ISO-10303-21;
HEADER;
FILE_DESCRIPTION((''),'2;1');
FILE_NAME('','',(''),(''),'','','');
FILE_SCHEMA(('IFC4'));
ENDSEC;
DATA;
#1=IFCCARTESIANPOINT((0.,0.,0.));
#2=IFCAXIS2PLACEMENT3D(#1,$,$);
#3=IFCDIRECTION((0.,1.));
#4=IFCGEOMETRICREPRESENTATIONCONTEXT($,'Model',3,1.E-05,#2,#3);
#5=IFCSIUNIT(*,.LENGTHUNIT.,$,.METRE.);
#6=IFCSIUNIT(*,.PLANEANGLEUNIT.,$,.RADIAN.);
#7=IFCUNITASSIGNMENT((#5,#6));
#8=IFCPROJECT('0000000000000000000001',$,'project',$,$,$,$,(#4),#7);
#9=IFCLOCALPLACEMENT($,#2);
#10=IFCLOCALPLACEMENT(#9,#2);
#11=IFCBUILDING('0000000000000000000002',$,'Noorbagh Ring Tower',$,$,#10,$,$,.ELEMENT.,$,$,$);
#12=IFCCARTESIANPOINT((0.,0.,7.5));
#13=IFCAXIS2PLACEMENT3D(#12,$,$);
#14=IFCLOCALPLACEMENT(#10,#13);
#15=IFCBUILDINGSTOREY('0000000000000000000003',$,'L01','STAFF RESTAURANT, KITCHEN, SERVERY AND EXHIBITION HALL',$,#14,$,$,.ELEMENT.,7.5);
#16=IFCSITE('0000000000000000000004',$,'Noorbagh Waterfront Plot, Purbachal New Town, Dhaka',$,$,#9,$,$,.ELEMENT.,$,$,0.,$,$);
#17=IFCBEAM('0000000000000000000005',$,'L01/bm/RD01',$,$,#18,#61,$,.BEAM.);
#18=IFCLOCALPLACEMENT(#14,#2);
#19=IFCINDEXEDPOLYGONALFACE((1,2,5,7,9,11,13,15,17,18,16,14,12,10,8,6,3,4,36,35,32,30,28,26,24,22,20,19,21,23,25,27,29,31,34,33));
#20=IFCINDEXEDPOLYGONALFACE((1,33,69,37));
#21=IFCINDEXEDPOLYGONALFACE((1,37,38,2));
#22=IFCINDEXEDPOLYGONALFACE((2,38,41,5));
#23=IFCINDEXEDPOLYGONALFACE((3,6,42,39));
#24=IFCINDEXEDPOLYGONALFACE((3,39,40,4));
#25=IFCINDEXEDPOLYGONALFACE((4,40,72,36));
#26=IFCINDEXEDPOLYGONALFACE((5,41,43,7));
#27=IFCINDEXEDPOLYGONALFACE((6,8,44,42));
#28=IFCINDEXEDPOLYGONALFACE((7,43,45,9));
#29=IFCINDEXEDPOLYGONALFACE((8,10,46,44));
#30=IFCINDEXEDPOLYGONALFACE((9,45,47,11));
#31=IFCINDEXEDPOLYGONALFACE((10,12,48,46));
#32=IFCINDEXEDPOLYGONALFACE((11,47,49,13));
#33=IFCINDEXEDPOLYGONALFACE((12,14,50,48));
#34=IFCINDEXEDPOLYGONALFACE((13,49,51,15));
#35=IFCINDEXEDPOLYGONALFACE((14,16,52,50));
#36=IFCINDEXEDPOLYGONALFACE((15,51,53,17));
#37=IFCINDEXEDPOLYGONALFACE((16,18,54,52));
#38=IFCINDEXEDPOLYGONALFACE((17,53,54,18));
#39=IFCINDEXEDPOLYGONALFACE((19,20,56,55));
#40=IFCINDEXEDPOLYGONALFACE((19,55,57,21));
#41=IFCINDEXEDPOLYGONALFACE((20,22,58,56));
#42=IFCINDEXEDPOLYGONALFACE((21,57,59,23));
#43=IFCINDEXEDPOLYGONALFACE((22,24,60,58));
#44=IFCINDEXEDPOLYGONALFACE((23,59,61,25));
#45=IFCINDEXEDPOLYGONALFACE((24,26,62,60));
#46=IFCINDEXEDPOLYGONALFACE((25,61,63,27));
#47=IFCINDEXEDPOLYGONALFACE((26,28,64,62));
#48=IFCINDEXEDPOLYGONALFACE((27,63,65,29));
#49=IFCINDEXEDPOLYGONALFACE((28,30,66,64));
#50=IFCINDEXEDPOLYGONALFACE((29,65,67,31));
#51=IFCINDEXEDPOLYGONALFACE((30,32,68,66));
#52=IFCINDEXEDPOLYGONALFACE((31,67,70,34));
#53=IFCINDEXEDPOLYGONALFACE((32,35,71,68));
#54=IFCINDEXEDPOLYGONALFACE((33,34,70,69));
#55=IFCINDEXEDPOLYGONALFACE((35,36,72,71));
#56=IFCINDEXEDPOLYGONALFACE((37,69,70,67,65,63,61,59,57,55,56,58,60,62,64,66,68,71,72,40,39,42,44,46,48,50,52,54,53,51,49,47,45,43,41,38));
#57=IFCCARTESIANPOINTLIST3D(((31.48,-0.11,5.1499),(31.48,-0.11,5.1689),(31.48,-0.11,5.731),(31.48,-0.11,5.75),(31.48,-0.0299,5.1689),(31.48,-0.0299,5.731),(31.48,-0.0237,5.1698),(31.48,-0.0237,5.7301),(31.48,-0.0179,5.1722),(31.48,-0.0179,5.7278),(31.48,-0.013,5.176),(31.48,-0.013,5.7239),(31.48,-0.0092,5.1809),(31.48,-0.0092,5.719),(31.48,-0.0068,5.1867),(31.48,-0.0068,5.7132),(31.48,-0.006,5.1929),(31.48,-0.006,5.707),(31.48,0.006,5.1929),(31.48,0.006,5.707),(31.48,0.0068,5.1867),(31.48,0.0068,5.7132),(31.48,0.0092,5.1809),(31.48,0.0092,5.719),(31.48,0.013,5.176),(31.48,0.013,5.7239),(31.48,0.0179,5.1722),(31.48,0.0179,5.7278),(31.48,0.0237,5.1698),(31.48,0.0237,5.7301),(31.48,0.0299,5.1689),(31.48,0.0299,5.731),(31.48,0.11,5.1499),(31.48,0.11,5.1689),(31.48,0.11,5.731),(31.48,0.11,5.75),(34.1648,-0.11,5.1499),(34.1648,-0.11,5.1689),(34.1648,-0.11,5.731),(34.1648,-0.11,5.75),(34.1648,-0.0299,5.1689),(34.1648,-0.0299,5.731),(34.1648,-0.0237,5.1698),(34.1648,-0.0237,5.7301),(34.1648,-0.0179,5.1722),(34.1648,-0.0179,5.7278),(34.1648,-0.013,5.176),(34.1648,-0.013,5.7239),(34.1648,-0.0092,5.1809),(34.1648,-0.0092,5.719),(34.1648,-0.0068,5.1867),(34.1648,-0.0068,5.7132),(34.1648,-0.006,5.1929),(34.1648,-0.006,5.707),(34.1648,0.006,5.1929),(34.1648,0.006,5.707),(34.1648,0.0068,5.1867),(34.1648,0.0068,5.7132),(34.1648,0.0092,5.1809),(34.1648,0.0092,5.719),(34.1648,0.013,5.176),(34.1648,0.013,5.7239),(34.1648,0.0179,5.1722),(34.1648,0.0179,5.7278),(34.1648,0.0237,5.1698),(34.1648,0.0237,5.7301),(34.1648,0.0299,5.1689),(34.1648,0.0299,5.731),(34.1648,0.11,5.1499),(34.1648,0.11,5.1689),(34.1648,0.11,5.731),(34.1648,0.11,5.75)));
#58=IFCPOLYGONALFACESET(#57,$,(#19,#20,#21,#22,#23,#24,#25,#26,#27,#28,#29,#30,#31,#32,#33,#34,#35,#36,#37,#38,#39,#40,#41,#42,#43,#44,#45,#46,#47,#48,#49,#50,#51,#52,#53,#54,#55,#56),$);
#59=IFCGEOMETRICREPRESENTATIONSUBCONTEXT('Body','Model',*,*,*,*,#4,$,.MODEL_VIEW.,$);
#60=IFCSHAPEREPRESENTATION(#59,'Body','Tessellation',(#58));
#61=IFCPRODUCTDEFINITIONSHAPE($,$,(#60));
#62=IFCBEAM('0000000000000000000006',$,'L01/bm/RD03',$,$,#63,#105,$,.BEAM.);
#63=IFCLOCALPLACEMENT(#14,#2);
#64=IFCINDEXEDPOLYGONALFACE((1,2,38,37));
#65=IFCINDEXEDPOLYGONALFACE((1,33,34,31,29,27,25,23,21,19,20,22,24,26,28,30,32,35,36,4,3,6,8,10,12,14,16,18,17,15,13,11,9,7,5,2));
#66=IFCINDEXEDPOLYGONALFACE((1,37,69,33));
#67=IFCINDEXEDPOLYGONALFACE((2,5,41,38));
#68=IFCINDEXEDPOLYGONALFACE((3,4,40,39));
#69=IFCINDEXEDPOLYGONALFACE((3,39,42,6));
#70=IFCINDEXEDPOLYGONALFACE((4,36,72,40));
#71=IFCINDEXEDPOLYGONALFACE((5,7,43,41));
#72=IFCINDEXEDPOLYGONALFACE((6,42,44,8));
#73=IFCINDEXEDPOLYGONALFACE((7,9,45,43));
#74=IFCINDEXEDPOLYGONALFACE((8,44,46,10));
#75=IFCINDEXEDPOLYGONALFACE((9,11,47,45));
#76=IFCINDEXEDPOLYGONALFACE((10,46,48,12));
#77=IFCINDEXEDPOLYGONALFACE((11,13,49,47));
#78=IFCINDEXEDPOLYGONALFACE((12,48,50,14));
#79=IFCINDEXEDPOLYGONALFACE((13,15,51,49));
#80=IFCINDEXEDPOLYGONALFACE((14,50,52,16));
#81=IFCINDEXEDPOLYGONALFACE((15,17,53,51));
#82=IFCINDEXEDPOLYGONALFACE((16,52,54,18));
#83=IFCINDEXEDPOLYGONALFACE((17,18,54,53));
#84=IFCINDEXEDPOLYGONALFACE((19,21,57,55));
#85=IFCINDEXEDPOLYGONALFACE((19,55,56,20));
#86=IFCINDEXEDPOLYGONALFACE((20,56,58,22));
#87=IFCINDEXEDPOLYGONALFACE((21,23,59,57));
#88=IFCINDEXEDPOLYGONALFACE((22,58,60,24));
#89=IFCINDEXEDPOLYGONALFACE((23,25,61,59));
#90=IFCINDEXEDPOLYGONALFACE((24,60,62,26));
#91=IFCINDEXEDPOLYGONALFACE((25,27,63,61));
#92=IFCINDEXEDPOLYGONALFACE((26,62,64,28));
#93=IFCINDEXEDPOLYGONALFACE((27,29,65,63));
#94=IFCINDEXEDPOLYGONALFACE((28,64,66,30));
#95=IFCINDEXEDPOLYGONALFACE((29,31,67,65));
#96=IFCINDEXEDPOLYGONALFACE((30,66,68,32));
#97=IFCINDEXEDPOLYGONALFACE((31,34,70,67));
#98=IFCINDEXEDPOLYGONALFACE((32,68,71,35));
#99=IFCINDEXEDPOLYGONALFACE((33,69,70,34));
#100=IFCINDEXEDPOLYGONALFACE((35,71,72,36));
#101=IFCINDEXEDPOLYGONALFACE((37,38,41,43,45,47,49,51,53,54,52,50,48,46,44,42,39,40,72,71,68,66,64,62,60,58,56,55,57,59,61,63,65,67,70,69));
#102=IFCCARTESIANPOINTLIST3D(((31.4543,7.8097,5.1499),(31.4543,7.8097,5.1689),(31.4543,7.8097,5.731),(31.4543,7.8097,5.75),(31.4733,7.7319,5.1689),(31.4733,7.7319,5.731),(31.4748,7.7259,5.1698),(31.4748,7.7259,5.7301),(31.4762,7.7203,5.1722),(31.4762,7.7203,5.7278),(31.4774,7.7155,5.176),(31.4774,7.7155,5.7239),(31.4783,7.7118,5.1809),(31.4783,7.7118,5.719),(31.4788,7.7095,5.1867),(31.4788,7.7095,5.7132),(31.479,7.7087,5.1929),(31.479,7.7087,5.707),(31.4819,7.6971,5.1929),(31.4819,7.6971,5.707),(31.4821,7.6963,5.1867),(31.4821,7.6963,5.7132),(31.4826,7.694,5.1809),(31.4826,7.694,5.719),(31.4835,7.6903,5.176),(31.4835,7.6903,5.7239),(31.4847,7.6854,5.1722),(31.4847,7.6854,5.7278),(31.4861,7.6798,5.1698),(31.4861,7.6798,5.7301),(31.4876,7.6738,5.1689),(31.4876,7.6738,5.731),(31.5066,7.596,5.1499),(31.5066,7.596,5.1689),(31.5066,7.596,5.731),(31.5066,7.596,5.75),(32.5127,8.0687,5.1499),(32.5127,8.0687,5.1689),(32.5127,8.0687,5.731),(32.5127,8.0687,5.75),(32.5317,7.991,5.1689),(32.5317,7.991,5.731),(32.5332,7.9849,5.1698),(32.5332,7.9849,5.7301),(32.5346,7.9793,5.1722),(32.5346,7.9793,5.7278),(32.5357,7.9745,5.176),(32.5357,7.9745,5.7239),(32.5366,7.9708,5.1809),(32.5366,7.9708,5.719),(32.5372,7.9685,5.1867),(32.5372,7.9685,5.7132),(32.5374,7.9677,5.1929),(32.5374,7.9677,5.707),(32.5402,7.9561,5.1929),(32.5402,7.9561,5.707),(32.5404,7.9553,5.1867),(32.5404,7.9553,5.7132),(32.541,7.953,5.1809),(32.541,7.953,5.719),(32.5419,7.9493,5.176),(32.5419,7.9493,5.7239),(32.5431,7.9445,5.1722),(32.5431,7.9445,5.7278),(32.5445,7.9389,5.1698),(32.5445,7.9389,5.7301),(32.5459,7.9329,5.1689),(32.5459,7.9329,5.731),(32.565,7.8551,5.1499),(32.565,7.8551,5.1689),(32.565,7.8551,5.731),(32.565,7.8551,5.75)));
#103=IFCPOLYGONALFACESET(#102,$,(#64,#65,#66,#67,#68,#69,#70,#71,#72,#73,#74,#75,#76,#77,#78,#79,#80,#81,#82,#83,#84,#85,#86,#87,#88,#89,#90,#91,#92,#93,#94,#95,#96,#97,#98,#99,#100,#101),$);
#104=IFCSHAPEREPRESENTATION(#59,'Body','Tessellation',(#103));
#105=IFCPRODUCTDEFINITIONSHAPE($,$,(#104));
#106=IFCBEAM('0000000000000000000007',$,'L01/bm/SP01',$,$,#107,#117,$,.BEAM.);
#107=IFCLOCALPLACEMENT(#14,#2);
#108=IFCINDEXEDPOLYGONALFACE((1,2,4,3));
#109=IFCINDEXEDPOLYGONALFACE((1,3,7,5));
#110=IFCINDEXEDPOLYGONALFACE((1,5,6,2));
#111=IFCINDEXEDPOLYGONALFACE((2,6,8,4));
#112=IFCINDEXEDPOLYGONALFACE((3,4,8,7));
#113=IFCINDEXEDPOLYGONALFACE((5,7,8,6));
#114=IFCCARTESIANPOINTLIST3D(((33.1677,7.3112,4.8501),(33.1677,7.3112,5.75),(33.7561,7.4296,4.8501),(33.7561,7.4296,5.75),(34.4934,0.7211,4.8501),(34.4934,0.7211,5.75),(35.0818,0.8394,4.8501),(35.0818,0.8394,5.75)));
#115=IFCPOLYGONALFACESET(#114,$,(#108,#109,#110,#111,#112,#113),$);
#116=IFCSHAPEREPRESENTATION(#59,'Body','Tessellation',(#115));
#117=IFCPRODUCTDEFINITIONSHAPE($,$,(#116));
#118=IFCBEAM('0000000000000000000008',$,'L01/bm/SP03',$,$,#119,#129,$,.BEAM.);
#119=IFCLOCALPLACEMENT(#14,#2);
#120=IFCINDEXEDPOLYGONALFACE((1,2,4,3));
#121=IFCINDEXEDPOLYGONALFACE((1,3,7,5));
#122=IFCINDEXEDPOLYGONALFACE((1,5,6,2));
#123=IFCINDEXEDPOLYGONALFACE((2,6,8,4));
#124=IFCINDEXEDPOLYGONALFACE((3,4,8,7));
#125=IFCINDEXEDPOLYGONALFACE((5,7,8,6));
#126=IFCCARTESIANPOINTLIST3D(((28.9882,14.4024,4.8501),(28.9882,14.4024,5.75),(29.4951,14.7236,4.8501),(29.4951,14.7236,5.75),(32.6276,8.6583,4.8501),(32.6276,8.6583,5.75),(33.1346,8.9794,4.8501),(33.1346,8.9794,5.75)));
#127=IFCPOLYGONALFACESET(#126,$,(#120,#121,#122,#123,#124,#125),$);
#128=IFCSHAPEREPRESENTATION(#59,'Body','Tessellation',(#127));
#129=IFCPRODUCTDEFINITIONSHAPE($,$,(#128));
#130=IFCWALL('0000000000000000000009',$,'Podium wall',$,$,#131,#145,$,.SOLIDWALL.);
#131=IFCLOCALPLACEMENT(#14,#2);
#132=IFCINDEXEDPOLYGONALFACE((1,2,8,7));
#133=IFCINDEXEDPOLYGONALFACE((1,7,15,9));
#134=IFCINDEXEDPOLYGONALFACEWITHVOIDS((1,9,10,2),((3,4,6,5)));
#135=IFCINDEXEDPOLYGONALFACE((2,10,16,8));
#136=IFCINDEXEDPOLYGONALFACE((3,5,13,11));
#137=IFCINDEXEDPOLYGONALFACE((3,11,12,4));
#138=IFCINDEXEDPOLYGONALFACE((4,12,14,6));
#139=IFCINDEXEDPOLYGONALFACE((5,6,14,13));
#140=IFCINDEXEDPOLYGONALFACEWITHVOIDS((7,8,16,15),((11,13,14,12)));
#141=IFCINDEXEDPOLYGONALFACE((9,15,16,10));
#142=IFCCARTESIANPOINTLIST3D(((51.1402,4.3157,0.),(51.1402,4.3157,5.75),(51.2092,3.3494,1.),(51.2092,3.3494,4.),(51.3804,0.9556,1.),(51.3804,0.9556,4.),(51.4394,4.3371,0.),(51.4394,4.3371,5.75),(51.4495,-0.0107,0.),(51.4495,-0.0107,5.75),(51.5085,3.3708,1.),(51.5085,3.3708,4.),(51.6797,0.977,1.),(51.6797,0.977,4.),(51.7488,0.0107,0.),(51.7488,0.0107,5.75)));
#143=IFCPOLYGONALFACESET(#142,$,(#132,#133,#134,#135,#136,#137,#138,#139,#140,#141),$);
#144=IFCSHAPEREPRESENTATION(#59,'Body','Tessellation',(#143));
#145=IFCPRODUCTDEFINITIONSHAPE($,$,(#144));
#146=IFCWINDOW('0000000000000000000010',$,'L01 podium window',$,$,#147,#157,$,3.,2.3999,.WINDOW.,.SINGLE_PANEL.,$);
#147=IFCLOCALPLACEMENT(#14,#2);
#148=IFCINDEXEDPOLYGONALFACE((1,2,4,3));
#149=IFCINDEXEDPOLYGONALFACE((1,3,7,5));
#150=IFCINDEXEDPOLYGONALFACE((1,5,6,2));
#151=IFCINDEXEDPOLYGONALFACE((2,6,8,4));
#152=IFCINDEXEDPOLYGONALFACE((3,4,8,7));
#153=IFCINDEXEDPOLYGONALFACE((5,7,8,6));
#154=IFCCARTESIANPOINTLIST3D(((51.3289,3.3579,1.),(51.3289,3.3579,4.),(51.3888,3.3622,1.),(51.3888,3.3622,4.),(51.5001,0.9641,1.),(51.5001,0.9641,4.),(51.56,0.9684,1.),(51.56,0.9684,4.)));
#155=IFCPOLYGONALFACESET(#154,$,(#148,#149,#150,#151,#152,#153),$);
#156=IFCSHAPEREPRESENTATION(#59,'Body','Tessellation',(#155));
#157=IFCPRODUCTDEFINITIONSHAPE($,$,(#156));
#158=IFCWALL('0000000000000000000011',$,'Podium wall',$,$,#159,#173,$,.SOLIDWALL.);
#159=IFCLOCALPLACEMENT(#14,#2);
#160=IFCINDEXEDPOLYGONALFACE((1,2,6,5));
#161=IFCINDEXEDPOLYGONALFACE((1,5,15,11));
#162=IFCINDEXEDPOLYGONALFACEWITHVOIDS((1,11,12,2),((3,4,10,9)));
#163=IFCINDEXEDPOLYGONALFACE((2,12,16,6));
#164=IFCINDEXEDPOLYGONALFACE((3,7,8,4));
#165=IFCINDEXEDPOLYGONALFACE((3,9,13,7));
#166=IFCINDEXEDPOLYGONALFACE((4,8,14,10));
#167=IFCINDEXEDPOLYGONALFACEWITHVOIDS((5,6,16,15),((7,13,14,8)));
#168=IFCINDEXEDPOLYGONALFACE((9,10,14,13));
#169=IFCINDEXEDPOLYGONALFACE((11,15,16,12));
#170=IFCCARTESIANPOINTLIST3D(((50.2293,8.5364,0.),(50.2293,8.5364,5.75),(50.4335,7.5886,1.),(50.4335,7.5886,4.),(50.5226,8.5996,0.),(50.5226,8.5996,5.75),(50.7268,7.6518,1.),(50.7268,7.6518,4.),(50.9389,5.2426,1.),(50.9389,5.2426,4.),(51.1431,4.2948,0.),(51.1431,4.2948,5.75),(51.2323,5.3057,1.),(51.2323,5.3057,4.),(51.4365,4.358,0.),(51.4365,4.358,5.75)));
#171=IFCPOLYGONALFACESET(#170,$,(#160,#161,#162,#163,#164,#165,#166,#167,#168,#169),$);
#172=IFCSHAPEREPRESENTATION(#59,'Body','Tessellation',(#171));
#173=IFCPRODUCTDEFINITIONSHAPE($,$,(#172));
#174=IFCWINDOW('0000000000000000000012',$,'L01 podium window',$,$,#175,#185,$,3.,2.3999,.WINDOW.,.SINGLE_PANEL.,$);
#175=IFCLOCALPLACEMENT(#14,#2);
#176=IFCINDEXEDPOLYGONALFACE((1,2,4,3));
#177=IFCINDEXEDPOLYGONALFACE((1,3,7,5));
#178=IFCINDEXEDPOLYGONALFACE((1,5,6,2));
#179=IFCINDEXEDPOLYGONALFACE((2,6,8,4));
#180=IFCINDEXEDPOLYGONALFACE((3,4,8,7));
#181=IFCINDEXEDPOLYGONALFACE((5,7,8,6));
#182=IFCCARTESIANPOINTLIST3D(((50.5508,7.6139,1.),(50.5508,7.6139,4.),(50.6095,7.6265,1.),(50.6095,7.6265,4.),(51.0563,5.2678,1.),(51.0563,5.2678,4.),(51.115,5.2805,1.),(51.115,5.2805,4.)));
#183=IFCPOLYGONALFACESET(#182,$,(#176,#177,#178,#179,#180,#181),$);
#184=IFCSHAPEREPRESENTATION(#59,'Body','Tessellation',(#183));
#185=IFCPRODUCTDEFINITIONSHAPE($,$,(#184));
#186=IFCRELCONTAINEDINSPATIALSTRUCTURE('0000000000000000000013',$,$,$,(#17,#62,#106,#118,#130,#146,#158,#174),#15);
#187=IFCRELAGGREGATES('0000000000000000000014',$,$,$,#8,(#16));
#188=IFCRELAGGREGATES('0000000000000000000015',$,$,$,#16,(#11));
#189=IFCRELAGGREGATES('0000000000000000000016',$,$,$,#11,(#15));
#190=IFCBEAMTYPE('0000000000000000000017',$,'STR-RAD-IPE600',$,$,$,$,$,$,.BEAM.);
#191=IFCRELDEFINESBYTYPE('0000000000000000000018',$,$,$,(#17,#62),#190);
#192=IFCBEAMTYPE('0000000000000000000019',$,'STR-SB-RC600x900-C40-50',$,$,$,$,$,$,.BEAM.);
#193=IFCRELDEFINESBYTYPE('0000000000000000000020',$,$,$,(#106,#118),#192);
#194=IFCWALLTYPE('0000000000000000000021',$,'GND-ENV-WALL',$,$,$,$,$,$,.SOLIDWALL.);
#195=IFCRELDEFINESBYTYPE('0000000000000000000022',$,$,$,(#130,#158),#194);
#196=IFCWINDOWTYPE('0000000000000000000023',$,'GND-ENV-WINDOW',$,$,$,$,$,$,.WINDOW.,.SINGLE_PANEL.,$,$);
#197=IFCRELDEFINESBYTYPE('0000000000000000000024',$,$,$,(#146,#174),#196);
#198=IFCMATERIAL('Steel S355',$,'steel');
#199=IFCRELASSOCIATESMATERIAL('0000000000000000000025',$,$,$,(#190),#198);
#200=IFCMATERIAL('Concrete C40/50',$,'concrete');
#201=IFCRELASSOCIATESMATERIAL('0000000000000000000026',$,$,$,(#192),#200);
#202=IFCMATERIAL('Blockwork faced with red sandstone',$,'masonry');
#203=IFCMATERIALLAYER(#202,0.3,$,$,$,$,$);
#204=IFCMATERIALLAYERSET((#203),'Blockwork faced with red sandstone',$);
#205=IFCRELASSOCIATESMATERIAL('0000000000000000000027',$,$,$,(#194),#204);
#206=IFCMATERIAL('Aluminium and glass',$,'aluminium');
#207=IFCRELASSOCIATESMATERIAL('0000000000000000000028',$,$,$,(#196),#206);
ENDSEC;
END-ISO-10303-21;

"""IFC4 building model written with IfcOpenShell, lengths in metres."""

from ifc_helpers import new_model, si_unit, direction, frame, frame_2d, origin, origin_2d, place, context, subcontext, project, spatial, rectangle, i_section, extrude, material, layer, layer_set, material_profile, profile_set, type_object, element, fill, save


model = new_model("IFC4")

# Units and contexts
model_context = context("Model", 3, precision=1e-05, world=origin(), true_north=direction((0.0, 1.0)))
body_context = subcontext(model_context, "Body", "Model", "MODEL_VIEW")
ifc_project = project(units=[si_unit("LENGTHUNIT", "METRE"), si_unit("PLANEANGLEUNIT", "RADIAN")], contexts=[model_context])

# Site, building, storey
site_placement = place(None, origin())
site = spatial("IfcSite", under=ifc_project, at=site_placement, Name="Noorbagh Waterfront Plot, Purbachal New Town, Dhaka", CompositionType="ELEMENT", RefElevation=0.0)
building_placement = place(site_placement, origin())
building = spatial("IfcBuilding", under=site, at=building_placement, Name="Noorbagh Ring Tower", CompositionType="ELEMENT")
storey_placement = place(building_placement, frame((0.0, 0.0, 7.5)))
storey = spatial("IfcBuildingStorey", under=building, at=storey_placement, Name="L01", Description="STAFF RESTAURANT, KITCHEN, SERVERY AND EXHIBITION HALL", CompositionType="ELEMENT", Elevation=7.5)

# Beams
ifc_material_1 = material(Name="Steel S355", Category="steel")
ifc_material_profile_1 = material_profile(ifc_material_1, i_section(OverallWidth=0.22, OverallDepth=0.6001, WebThickness=0.012, FlangeThickness=0.019, FilletRadius=0.0239, at=origin_2d()), Name="IPE600")
ifc_profile_set_1 = profile_set([ifc_material_profile_1], Name="Steel S355")
beam_type_1 = type_object("IfcBeamType", Name="STR-RAD-IPE600", PredefinedType="BEAM", material=ifc_profile_set_1)
beam_1_placement = place(storey_placement, frame((34.1648, 0.0, 5.45), z_axis=(-1.0, 0.0, 0.0), x_axis=(0.0, -1.0, 0.0)))
element("IfcBeam", 1, at=beam_1_placement, inside=storey, type_object=beam_type_1, Name="L01/bm/RD01", PredefinedType="BEAM", context=body_context, shape_type="SweptSolid", body=[
    extrude(i_section(OverallWidth=0.22, OverallDepth=0.6001, WebThickness=0.012, FlangeThickness=0.019, FilletRadius=0.0239, at=origin_2d()), origin(), (0.0, 0.0, 1.0), 2.6848),
])
beam_2_placement = place(storey_placement, frame((32.5388, 7.9619, 5.45), z_axis=(-0.97133, -0.237735, 0.0), x_axis=(0.237735, -0.97133, 0.0)))
element("IfcBeam", 2, at=beam_2_placement, inside=storey, type_object=beam_type_1, Name="L01/bm/RD03", PredefinedType="BEAM", context=body_context, shape_type="SweptSolid", body=[
    extrude(i_section(OverallWidth=0.22, OverallDepth=0.6001, WebThickness=0.012, FlangeThickness=0.019, FilletRadius=0.0239, at=origin_2d()), origin(), (0.0, 0.0, 1.0), 1.0896),
])
ifc_material_2 = material(Name="Concrete C40/50", Category="concrete")
ifc_material_profile_2 = material_profile(ifc_material_2, rectangle(XDim=0.6001, YDim=0.8999, at=origin_2d()), Name="RC600x900")
ifc_profile_set_2 = profile_set([ifc_material_profile_2], Name="Concrete C40/50")
beam_type_2 = type_object("IfcBeamType", Name="STR-SB-RC600x900-C40-50", PredefinedType="BEAM", material=ifc_profile_set_2)
beam_3_placement = place(storey_placement, frame((34.7876, 0.7803, 5.3), z_axis=(-0.197213, 0.980361, 0.0), x_axis=(-0.980361, -0.197213, 0.0)))
element("IfcBeam", 3, at=beam_3_placement, inside=storey, type_object=beam_type_2, Name="L01/bm/SP01", PredefinedType="BEAM", context=body_context, shape_type="SweptSolid", body=[
    extrude(rectangle(XDim=0.6001, YDim=0.8999, at=origin_2d()), origin(), (0.0, 0.0, 1.0), 6.7222),
])
beam_4_placement = place(storey_placement, frame((32.8811, 8.8188, 5.3), z_axis=(-0.535204, 0.844723, 0.0), x_axis=(-0.844723, -0.535204, 0.0)))
element("IfcBeam", 4, at=beam_4_placement, inside=storey, type_object=beam_type_2, Name="L01/bm/SP03", PredefinedType="BEAM", context=body_context, shape_type="SweptSolid", body=[
    extrude(rectangle(XDim=0.6001, YDim=0.8999, at=origin_2d()), origin(), (0.0, 0.0, 1.0), 6.8),
])

# Walls, openings, windows
ifc_material_3 = material(Name="Blockwork faced with red sandstone", Category="masonry")
ifc_layer_1 = layer(ifc_material_3, 0.3)
ifc_layer_set_1 = layer_set([ifc_layer_1], Name="Blockwork faced with red sandstone")
wall_type_1 = type_object("IfcWallType", Name="GND-ENV-WALL", PredefinedType="SOLIDWALL", material=ifc_layer_set_1)
wall_1_placement = place(storey_placement, frame((51.5991, 0.0, 0.0), z_axis=(0.0, 0.0, 1.0), x_axis=(-0.071315, 0.997454, 0.0)))
wall_1 = element("IfcWall", 5, at=wall_1_placement, inside=storey, type_object=wall_type_1, Name="Podium wall", PredefinedType="SOLIDWALL", context=body_context, shape_type="SweptSolid", body=[
    extrude(rectangle(XDim=4.3374, YDim=0.3, at=frame_2d((2.1687, 0.0))), origin(), (0.0, 0.0, 1.0), 5.75),
])
opening_1_placement = place(wall_1_placement, frame((0.9688, 0.0, 1.0)))
opening_1 = element("IfcOpeningElement", 6, at=opening_1_placement, cuts=wall_1, PredefinedType="OPENING", context=body_context, shape_type="SweptSolid", body=[
    extrude(rectangle(XDim=2.3999, YDim=3.0, at=frame_2d((1.2, 1.5))), frame((0.0, 0.1602, 0.0), z_axis=(0.0, -1.0, 0.0), x_axis=(1.0, 0.0, 0.0)), (0.0, 0.0, 1.0), 0.3201),
])
ifc_material_4 = material(Name="Aluminium and glass", Category="aluminium")
window_type = type_object("IfcWindowType", Name="GND-ENV-WINDOW", PartitioningType="SINGLE_PANEL", PredefinedType="WINDOW", material=ifc_material_4)
window_1_placement = place(opening_1_placement, origin())
window_1 = element("IfcWindow", 7, at=window_1_placement, inside=storey, type_object=window_type, Name="L01 podium window", OverallHeight=3.0, OverallWidth=2.3999, PartitioningType="SINGLE_PANEL", PredefinedType="WINDOW", context=body_context, shape_type="SweptSolid", body=[
    extrude(rectangle(XDim=2.3999, YDim=3.0, at=frame_2d((1.2, 1.5))), frame((0.0, 0.03, 0.0), z_axis=(0.0, -1.0, 0.0), x_axis=(1.0, 0.0, 0.0)), (0.0, 0.0, 1.0), 0.0601),
])
fill(opening_1, window_1)
wall_2_placement = place(storey_placement, frame((51.2898, 4.3264, 0.0), z_axis=(0.0, 0.0, 1.0), x_axis=(-0.210616, 0.977569, 0.0)))
wall_2 = element("IfcWall", 8, at=wall_2_placement, inside=storey, type_object=wall_type_1, Name="Podium wall", PredefinedType="SOLIDWALL", context=body_context, shape_type="SweptSolid", body=[
    extrude(rectangle(XDim=4.3389, YDim=0.3, at=frame_2d((2.1694, 0.0))), origin(), (0.0, 0.0, 1.0), 5.75),
])
opening_2_placement = place(wall_2_placement, frame((0.9695, 0.0, 1.0)))
opening_2 = element("IfcOpeningElement", 9, at=opening_2_placement, cuts=wall_2, PredefinedType="OPENING", context=body_context, shape_type="SweptSolid", body=[
    extrude(rectangle(XDim=2.3999, YDim=3.0, at=frame_2d((1.2, 1.5))), frame((0.0, 0.1602, 0.0), z_axis=(0.0, -1.0, 0.0), x_axis=(1.0, 0.0, 0.0)), (0.0, 0.0, 1.0), 0.3201),
])
window_2_placement = place(opening_2_placement, origin())
window_2 = element("IfcWindow", 10, at=window_2_placement, inside=storey, type_object=window_type, Name="L01 podium window", OverallHeight=3.0, OverallWidth=2.3999, PartitioningType="SINGLE_PANEL", PredefinedType="WINDOW", context=body_context, shape_type="SweptSolid", body=[
    extrude(rectangle(XDim=2.3999, YDim=3.0, at=frame_2d((1.2, 1.5))), frame((0.0, 0.03, 0.0), z_axis=(0.0, -1.0, 0.0), x_axis=(1.0, 0.0, 0.0)), (0.0, 0.0, 1.0), 0.0601),
])
fill(opening_2, window_2)

save(model, "model.ifc")
